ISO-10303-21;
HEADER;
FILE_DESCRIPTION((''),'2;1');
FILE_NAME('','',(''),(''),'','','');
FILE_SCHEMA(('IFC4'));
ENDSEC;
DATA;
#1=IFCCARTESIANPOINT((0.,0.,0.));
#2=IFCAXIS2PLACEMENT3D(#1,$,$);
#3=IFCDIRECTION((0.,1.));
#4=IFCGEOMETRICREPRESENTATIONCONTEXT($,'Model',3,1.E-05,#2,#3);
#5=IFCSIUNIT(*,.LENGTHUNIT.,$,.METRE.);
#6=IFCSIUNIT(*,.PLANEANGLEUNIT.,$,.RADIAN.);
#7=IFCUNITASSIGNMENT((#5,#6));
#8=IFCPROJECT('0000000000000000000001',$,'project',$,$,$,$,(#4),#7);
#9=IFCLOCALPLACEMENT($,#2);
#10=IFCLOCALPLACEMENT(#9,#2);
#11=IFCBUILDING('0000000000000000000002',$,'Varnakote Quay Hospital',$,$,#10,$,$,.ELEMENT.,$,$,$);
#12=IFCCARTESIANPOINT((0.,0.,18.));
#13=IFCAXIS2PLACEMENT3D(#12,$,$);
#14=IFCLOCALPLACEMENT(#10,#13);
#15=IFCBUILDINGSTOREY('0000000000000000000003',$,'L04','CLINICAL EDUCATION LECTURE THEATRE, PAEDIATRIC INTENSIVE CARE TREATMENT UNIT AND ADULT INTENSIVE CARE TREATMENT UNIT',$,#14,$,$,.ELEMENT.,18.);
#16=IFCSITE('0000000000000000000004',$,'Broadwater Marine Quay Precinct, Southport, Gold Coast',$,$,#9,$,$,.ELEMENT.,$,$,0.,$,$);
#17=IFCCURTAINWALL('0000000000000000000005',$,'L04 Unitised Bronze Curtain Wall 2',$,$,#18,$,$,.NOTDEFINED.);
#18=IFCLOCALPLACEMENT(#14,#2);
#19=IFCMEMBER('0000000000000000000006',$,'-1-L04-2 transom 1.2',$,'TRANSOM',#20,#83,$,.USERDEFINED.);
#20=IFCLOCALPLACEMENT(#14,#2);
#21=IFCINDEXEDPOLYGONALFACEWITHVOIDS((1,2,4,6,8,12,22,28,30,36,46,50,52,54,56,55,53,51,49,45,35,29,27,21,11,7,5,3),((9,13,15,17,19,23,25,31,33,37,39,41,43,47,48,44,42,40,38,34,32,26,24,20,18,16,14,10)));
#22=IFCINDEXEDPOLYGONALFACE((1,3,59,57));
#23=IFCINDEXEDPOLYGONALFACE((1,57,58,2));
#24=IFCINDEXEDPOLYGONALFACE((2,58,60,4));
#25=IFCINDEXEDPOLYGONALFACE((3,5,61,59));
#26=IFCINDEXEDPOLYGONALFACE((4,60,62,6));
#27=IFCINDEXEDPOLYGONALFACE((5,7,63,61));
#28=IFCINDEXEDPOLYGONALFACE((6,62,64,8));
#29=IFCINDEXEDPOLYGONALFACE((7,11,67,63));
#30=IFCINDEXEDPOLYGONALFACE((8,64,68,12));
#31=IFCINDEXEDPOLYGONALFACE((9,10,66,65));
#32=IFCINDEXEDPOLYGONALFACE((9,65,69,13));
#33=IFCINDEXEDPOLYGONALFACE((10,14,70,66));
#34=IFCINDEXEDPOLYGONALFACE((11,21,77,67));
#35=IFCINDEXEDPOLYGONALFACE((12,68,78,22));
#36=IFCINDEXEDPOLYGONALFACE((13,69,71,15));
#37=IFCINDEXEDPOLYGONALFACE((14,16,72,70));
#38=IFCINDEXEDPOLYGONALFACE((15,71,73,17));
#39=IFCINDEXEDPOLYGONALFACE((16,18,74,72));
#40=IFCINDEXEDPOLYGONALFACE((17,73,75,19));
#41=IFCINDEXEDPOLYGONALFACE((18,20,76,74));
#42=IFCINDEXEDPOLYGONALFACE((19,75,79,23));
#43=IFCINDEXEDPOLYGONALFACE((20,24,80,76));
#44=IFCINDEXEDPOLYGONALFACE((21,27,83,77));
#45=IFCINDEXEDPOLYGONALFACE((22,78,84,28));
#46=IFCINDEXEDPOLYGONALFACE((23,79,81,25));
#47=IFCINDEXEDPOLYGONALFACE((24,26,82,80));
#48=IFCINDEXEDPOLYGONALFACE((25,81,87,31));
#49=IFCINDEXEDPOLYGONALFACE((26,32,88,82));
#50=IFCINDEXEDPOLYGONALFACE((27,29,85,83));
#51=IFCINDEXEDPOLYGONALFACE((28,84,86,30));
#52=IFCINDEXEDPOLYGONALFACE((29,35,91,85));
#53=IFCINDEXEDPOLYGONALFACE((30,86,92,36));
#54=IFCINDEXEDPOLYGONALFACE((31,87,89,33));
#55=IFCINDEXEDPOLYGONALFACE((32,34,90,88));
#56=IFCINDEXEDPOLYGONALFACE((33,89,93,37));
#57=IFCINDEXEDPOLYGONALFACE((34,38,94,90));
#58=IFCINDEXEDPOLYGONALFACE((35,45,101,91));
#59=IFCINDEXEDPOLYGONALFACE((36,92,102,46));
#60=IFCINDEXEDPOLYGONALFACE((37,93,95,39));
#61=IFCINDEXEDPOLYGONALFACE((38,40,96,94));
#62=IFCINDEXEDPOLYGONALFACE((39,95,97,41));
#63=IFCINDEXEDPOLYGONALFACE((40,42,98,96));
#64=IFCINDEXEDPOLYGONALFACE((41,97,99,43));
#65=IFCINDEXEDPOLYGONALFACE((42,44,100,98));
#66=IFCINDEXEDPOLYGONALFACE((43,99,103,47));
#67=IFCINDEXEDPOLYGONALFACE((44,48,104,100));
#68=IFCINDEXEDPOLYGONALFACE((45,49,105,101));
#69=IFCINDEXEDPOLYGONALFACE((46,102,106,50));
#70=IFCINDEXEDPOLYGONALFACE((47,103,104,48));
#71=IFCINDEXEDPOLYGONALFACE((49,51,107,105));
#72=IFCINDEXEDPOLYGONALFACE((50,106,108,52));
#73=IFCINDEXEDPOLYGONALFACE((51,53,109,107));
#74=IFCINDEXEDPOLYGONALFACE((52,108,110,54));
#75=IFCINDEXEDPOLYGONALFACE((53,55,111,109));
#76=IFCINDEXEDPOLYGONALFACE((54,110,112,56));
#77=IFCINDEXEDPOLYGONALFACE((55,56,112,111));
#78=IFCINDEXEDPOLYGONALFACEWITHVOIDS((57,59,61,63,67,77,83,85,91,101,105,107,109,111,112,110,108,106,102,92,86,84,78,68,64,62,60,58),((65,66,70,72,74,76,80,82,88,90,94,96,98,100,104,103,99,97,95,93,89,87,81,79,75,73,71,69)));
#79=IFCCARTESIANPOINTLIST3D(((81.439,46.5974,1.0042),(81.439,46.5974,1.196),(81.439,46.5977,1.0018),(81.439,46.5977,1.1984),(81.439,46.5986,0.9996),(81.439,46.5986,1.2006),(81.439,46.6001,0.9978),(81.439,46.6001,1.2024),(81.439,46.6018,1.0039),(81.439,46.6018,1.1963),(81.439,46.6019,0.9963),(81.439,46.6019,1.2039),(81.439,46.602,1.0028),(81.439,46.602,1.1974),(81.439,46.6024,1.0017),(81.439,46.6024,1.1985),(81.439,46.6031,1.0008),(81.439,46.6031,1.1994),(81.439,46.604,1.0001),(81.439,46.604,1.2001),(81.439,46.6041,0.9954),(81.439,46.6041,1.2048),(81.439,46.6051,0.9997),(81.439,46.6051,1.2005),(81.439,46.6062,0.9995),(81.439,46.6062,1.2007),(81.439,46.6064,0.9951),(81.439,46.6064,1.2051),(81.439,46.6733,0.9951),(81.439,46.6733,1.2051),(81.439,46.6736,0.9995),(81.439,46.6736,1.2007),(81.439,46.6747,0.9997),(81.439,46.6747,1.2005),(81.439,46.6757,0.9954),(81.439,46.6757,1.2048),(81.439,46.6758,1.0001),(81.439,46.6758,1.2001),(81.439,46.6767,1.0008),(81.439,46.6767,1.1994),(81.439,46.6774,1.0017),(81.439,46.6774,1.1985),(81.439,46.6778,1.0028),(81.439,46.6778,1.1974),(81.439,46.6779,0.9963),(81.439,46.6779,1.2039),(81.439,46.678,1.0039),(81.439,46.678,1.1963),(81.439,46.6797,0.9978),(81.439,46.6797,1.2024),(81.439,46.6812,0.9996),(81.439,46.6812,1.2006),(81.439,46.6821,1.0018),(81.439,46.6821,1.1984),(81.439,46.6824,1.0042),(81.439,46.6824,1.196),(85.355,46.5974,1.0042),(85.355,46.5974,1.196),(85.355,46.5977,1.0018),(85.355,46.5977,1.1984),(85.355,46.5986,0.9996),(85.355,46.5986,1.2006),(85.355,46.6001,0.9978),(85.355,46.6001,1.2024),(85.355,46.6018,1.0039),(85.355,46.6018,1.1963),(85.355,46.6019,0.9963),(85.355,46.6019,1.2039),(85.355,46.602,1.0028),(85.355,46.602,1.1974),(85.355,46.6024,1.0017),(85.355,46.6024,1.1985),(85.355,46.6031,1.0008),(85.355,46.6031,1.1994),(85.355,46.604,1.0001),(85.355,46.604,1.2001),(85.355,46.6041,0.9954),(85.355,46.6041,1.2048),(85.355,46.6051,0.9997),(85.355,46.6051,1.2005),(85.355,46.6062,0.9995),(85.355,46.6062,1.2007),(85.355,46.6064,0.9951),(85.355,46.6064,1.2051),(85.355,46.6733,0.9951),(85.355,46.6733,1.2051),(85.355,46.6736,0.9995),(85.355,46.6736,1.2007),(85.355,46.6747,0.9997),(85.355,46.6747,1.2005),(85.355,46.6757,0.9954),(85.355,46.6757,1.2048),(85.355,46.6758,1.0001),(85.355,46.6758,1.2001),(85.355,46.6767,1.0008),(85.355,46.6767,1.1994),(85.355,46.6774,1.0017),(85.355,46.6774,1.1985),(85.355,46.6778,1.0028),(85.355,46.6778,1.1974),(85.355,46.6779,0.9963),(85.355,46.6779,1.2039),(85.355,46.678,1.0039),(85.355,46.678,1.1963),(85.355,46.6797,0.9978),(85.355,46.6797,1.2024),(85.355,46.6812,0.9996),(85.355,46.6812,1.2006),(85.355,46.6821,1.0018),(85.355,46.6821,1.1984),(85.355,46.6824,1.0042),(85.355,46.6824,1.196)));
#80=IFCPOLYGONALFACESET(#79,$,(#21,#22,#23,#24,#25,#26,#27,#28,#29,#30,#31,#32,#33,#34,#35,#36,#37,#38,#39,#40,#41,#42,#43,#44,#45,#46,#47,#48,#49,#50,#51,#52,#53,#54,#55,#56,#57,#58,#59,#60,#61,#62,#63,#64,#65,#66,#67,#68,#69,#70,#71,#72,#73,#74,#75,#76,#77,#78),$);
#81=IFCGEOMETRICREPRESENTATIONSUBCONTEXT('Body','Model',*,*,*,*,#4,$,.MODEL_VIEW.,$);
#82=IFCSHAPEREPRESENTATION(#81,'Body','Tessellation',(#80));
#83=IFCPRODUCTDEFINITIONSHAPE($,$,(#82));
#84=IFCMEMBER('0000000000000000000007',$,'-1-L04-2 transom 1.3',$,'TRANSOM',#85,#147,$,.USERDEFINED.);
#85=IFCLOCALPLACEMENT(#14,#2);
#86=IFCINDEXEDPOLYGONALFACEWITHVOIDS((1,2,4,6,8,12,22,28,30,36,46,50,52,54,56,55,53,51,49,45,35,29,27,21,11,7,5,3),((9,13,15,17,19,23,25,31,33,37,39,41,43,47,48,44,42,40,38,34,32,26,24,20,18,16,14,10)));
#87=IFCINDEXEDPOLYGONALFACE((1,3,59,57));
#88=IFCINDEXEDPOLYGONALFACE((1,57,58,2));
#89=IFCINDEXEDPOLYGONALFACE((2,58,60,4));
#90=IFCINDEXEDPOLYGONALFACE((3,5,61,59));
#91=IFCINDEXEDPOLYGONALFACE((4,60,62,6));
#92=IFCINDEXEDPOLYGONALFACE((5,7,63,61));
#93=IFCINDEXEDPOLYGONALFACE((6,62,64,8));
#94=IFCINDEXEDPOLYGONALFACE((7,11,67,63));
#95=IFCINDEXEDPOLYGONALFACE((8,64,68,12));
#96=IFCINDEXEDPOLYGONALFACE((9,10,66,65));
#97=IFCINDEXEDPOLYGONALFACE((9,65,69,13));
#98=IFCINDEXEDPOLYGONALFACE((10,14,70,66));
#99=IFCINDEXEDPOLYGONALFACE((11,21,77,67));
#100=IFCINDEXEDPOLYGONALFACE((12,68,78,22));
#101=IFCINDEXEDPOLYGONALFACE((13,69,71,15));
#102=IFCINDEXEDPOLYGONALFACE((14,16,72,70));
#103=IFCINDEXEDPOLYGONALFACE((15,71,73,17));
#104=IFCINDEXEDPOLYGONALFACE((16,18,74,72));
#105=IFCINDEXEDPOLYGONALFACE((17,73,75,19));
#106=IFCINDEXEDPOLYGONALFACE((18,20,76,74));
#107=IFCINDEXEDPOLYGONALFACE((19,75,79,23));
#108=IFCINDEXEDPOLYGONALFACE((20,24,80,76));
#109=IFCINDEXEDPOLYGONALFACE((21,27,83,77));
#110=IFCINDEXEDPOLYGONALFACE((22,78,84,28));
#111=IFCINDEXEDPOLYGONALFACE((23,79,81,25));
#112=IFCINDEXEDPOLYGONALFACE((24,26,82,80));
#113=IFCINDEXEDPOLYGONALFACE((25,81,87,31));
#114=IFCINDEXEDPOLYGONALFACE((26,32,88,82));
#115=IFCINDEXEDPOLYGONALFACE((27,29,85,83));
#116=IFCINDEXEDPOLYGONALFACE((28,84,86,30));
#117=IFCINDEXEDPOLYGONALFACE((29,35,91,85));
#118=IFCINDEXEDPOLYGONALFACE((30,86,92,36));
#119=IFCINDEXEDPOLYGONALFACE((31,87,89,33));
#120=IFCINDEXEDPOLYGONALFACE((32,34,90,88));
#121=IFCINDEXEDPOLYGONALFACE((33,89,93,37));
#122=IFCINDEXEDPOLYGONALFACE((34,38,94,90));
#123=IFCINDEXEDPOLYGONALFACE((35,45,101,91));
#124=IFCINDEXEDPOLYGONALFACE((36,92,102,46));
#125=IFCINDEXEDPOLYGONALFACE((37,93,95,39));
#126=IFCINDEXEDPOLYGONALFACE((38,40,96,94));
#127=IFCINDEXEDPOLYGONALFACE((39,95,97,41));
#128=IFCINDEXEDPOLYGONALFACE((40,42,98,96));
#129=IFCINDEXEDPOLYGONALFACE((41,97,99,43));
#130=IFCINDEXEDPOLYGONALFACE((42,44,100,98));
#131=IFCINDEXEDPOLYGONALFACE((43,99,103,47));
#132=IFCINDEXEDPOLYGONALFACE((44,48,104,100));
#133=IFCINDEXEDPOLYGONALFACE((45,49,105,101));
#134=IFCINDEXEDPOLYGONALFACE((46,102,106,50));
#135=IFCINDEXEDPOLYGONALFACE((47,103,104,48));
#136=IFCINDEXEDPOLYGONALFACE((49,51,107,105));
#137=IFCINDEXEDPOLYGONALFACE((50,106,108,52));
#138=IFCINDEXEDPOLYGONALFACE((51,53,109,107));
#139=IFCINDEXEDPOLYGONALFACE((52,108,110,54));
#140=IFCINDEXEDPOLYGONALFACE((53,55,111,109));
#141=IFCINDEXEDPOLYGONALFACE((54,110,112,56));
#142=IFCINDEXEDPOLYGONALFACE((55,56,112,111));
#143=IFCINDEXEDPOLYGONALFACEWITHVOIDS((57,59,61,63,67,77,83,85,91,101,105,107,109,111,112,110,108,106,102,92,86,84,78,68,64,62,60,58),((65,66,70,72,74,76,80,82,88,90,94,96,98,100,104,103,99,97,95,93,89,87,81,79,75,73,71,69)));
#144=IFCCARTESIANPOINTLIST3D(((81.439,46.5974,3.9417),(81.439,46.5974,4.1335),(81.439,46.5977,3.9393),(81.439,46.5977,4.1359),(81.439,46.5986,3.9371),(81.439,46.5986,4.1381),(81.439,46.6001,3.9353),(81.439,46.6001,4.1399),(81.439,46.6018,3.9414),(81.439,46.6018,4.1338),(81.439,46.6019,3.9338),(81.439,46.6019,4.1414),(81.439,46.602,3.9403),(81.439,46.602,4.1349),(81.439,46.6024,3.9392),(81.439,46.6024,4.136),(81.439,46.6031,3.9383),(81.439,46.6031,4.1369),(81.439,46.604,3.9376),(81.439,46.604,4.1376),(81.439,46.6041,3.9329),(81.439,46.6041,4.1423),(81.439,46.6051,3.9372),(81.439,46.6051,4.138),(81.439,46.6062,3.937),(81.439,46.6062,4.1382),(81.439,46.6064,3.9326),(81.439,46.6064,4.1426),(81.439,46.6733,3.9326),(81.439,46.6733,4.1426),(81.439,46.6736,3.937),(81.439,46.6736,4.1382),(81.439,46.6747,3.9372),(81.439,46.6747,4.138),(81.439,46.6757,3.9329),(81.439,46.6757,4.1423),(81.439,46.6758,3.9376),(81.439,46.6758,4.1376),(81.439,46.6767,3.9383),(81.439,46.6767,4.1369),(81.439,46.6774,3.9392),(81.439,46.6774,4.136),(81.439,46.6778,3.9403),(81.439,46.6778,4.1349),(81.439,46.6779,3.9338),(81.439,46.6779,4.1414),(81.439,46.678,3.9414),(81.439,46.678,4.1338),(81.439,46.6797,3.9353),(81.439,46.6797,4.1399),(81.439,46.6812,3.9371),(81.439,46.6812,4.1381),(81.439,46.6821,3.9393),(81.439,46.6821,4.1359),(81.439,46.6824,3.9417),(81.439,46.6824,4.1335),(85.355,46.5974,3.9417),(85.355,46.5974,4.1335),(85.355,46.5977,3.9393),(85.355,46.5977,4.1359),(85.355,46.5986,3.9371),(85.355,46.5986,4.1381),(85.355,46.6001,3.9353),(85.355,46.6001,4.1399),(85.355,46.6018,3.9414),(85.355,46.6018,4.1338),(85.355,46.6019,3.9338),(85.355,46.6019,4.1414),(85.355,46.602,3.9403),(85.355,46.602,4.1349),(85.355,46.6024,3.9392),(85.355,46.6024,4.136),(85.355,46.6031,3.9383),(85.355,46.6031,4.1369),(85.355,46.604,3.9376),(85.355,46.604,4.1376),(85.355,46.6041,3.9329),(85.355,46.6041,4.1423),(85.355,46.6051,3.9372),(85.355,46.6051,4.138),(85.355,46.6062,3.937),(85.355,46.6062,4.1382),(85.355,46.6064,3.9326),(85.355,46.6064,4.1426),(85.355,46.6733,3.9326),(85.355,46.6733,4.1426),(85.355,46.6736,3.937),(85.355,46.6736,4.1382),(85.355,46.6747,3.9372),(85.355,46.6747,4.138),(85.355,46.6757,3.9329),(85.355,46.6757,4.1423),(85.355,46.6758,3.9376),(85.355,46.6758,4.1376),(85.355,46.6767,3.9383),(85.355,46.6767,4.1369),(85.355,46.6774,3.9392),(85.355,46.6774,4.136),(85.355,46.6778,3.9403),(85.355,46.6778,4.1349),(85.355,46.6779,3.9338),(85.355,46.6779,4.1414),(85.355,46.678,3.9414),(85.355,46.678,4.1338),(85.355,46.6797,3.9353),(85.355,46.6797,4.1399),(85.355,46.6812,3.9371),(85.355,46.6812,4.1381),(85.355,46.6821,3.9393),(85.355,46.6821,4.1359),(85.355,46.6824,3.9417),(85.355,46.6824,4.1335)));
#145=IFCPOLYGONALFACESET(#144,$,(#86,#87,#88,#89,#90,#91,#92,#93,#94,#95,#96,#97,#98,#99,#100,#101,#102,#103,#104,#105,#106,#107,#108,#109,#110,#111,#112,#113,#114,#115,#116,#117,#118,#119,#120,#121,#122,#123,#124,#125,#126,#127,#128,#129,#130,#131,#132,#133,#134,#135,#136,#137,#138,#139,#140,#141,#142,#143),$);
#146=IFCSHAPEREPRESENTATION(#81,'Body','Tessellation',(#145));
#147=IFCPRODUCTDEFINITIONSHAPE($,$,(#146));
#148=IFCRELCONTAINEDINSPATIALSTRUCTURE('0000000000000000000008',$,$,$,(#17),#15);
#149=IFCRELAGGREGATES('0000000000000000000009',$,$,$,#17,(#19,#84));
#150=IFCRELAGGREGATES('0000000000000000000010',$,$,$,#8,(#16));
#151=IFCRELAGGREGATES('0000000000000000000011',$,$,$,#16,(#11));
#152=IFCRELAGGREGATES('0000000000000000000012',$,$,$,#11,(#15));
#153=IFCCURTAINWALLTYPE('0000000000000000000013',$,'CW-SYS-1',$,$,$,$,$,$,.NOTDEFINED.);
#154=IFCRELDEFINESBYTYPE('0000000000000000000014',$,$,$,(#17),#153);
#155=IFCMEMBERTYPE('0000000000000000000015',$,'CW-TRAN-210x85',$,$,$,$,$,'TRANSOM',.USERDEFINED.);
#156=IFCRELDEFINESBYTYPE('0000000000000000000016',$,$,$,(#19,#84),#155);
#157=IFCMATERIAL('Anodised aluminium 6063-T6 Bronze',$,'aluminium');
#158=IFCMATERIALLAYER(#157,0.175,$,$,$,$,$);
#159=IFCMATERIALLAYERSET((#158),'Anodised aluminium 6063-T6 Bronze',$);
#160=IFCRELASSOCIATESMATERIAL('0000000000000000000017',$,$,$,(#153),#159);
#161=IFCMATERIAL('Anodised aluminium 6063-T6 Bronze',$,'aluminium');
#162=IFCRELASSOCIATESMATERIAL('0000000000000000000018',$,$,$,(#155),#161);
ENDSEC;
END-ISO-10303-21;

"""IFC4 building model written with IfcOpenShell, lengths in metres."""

from ifc_helpers import new_model, si_unit, direction, frame, origin, origin_2d, place, context, subcontext, project, spatial, hollow_rectangle, extrude, material, layer, layer_set, material_profile, profile_set, type_object, element, aggregate, save


model = new_model("IFC4")

# Units and contexts
model_context = context("Model", 3, precision=1e-05, world=origin(), true_north=direction((0.0, 1.0)))
body_context = subcontext(model_context, "Body", "Model", "MODEL_VIEW")
ifc_project = project(units=[si_unit("LENGTHUNIT", "METRE"), si_unit("PLANEANGLEUNIT", "RADIAN")], contexts=[model_context])

# Site, building, storey
site_placement = place(None, origin())
site = spatial("IfcSite", under=ifc_project, at=site_placement, Name="Broadwater Marine Quay Precinct, Southport, Gold Coast", CompositionType="ELEMENT", RefElevation=0.0)
building_placement = place(site_placement, origin())
building = spatial("IfcBuilding", under=site, at=building_placement, Name="Varnakote Quay Hospital", CompositionType="ELEMENT")
storey_placement = place(building_placement, frame((0.0, 0.0, 18.0)))
storey = spatial("IfcBuildingStorey", under=building, at=storey_placement, Name="L04", Description="CLINICAL EDUCATION LECTURE THEATRE, PAEDIATRIC INTENSIVE CARE TREATMENT UNIT AND ADULT INTENSIVE CARE TREATMENT UNIT", CompositionType="ELEMENT", Elevation=18.0)

# Shared definitions
ifc_material_1 = material(Name="Anodised aluminium 6063-T6 Bronze", Category="aluminium")
ifc_layer_1 = layer(ifc_material_1, 0.175)
ifc_layer_set_1 = layer_set([ifc_layer_1], Name="Anodised aluminium 6063-T6 Bronze")
curtain_wall_type = type_object("IfcCurtainWallType", Name="CW-SYS-1", PredefinedType="NOTDEFINED", material=ifc_layer_set_1)

# Curtain wall, members
curtain_wall_1_placement = place(storey_placement, origin())
curtain_wall_1 = element("IfcCurtainWall", 1, at=curtain_wall_1_placement, inside=storey, type_object=curtain_wall_type, Name="L04 Unitised Bronze Curtain Wall 2", PredefinedType="NOTDEFINED")
ifc_material_2 = material(Name="Anodised aluminium 6063-T6 Bronze", Category="aluminium")
ifc_material_profile_1 = material_profile(ifc_material_2, hollow_rectangle(XDim=0.085, YDim=0.21, WallThickness=0.0044, InnerFilletRadius=0.0044, OuterFilletRadius=0.009, at=origin_2d()), Name="CW-TRAN-210x85")
ifc_profile_set_1 = profile_set([ifc_material_profile_1], Name="Anodised aluminium 6063-T6 Bronze")
member_type_1 = type_object("IfcMemberType", Name="CW-TRAN-210x85", ElementType="TRANSOM", PredefinedType="USERDEFINED", material=ifc_profile_set_1)
member_1_placement = place(storey_placement, frame((85.355, 46.6399, 1.1001), z_axis=(-1.0, 0.0, 0.0), x_axis=(0.0, -1.0, 0.0)))
member_1 = element("IfcMember", 2, at=member_1_placement, type_object=member_type_1, Name="-1-L04-2 transom 1.2", ObjectType="TRANSOM", PredefinedType="USERDEFINED", context=body_context, shape_type="SweptSolid", body=[
    extrude(hollow_rectangle(XDim=0.085, YDim=0.21, WallThickness=0.0044, InnerFilletRadius=0.0044, OuterFilletRadius=0.009, at=origin_2d()), origin(), (0.0, 0.0, 1.0), 3.916),
])
member_2_placement = place(storey_placement, frame((85.355, 46.6399, 4.0376), z_axis=(-1.0, 0.0, 0.0), x_axis=(0.0, -1.0, 0.0)))
member_2 = element("IfcMember", 3, at=member_2_placement, type_object=member_type_1, Name="-1-L04-2 transom 1.3", ObjectType="TRANSOM", PredefinedType="USERDEFINED", context=body_context, shape_type="SweptSolid", body=[
    extrude(hollow_rectangle(XDim=0.085, YDim=0.21, WallThickness=0.0044, InnerFilletRadius=0.0044, OuterFilletRadius=0.009, at=origin_2d()), origin(), (0.0, 0.0, 1.0), 3.916),
])
aggregate(curtain_wall_1, [member_1, member_2])

save(model, "model.ifc")
